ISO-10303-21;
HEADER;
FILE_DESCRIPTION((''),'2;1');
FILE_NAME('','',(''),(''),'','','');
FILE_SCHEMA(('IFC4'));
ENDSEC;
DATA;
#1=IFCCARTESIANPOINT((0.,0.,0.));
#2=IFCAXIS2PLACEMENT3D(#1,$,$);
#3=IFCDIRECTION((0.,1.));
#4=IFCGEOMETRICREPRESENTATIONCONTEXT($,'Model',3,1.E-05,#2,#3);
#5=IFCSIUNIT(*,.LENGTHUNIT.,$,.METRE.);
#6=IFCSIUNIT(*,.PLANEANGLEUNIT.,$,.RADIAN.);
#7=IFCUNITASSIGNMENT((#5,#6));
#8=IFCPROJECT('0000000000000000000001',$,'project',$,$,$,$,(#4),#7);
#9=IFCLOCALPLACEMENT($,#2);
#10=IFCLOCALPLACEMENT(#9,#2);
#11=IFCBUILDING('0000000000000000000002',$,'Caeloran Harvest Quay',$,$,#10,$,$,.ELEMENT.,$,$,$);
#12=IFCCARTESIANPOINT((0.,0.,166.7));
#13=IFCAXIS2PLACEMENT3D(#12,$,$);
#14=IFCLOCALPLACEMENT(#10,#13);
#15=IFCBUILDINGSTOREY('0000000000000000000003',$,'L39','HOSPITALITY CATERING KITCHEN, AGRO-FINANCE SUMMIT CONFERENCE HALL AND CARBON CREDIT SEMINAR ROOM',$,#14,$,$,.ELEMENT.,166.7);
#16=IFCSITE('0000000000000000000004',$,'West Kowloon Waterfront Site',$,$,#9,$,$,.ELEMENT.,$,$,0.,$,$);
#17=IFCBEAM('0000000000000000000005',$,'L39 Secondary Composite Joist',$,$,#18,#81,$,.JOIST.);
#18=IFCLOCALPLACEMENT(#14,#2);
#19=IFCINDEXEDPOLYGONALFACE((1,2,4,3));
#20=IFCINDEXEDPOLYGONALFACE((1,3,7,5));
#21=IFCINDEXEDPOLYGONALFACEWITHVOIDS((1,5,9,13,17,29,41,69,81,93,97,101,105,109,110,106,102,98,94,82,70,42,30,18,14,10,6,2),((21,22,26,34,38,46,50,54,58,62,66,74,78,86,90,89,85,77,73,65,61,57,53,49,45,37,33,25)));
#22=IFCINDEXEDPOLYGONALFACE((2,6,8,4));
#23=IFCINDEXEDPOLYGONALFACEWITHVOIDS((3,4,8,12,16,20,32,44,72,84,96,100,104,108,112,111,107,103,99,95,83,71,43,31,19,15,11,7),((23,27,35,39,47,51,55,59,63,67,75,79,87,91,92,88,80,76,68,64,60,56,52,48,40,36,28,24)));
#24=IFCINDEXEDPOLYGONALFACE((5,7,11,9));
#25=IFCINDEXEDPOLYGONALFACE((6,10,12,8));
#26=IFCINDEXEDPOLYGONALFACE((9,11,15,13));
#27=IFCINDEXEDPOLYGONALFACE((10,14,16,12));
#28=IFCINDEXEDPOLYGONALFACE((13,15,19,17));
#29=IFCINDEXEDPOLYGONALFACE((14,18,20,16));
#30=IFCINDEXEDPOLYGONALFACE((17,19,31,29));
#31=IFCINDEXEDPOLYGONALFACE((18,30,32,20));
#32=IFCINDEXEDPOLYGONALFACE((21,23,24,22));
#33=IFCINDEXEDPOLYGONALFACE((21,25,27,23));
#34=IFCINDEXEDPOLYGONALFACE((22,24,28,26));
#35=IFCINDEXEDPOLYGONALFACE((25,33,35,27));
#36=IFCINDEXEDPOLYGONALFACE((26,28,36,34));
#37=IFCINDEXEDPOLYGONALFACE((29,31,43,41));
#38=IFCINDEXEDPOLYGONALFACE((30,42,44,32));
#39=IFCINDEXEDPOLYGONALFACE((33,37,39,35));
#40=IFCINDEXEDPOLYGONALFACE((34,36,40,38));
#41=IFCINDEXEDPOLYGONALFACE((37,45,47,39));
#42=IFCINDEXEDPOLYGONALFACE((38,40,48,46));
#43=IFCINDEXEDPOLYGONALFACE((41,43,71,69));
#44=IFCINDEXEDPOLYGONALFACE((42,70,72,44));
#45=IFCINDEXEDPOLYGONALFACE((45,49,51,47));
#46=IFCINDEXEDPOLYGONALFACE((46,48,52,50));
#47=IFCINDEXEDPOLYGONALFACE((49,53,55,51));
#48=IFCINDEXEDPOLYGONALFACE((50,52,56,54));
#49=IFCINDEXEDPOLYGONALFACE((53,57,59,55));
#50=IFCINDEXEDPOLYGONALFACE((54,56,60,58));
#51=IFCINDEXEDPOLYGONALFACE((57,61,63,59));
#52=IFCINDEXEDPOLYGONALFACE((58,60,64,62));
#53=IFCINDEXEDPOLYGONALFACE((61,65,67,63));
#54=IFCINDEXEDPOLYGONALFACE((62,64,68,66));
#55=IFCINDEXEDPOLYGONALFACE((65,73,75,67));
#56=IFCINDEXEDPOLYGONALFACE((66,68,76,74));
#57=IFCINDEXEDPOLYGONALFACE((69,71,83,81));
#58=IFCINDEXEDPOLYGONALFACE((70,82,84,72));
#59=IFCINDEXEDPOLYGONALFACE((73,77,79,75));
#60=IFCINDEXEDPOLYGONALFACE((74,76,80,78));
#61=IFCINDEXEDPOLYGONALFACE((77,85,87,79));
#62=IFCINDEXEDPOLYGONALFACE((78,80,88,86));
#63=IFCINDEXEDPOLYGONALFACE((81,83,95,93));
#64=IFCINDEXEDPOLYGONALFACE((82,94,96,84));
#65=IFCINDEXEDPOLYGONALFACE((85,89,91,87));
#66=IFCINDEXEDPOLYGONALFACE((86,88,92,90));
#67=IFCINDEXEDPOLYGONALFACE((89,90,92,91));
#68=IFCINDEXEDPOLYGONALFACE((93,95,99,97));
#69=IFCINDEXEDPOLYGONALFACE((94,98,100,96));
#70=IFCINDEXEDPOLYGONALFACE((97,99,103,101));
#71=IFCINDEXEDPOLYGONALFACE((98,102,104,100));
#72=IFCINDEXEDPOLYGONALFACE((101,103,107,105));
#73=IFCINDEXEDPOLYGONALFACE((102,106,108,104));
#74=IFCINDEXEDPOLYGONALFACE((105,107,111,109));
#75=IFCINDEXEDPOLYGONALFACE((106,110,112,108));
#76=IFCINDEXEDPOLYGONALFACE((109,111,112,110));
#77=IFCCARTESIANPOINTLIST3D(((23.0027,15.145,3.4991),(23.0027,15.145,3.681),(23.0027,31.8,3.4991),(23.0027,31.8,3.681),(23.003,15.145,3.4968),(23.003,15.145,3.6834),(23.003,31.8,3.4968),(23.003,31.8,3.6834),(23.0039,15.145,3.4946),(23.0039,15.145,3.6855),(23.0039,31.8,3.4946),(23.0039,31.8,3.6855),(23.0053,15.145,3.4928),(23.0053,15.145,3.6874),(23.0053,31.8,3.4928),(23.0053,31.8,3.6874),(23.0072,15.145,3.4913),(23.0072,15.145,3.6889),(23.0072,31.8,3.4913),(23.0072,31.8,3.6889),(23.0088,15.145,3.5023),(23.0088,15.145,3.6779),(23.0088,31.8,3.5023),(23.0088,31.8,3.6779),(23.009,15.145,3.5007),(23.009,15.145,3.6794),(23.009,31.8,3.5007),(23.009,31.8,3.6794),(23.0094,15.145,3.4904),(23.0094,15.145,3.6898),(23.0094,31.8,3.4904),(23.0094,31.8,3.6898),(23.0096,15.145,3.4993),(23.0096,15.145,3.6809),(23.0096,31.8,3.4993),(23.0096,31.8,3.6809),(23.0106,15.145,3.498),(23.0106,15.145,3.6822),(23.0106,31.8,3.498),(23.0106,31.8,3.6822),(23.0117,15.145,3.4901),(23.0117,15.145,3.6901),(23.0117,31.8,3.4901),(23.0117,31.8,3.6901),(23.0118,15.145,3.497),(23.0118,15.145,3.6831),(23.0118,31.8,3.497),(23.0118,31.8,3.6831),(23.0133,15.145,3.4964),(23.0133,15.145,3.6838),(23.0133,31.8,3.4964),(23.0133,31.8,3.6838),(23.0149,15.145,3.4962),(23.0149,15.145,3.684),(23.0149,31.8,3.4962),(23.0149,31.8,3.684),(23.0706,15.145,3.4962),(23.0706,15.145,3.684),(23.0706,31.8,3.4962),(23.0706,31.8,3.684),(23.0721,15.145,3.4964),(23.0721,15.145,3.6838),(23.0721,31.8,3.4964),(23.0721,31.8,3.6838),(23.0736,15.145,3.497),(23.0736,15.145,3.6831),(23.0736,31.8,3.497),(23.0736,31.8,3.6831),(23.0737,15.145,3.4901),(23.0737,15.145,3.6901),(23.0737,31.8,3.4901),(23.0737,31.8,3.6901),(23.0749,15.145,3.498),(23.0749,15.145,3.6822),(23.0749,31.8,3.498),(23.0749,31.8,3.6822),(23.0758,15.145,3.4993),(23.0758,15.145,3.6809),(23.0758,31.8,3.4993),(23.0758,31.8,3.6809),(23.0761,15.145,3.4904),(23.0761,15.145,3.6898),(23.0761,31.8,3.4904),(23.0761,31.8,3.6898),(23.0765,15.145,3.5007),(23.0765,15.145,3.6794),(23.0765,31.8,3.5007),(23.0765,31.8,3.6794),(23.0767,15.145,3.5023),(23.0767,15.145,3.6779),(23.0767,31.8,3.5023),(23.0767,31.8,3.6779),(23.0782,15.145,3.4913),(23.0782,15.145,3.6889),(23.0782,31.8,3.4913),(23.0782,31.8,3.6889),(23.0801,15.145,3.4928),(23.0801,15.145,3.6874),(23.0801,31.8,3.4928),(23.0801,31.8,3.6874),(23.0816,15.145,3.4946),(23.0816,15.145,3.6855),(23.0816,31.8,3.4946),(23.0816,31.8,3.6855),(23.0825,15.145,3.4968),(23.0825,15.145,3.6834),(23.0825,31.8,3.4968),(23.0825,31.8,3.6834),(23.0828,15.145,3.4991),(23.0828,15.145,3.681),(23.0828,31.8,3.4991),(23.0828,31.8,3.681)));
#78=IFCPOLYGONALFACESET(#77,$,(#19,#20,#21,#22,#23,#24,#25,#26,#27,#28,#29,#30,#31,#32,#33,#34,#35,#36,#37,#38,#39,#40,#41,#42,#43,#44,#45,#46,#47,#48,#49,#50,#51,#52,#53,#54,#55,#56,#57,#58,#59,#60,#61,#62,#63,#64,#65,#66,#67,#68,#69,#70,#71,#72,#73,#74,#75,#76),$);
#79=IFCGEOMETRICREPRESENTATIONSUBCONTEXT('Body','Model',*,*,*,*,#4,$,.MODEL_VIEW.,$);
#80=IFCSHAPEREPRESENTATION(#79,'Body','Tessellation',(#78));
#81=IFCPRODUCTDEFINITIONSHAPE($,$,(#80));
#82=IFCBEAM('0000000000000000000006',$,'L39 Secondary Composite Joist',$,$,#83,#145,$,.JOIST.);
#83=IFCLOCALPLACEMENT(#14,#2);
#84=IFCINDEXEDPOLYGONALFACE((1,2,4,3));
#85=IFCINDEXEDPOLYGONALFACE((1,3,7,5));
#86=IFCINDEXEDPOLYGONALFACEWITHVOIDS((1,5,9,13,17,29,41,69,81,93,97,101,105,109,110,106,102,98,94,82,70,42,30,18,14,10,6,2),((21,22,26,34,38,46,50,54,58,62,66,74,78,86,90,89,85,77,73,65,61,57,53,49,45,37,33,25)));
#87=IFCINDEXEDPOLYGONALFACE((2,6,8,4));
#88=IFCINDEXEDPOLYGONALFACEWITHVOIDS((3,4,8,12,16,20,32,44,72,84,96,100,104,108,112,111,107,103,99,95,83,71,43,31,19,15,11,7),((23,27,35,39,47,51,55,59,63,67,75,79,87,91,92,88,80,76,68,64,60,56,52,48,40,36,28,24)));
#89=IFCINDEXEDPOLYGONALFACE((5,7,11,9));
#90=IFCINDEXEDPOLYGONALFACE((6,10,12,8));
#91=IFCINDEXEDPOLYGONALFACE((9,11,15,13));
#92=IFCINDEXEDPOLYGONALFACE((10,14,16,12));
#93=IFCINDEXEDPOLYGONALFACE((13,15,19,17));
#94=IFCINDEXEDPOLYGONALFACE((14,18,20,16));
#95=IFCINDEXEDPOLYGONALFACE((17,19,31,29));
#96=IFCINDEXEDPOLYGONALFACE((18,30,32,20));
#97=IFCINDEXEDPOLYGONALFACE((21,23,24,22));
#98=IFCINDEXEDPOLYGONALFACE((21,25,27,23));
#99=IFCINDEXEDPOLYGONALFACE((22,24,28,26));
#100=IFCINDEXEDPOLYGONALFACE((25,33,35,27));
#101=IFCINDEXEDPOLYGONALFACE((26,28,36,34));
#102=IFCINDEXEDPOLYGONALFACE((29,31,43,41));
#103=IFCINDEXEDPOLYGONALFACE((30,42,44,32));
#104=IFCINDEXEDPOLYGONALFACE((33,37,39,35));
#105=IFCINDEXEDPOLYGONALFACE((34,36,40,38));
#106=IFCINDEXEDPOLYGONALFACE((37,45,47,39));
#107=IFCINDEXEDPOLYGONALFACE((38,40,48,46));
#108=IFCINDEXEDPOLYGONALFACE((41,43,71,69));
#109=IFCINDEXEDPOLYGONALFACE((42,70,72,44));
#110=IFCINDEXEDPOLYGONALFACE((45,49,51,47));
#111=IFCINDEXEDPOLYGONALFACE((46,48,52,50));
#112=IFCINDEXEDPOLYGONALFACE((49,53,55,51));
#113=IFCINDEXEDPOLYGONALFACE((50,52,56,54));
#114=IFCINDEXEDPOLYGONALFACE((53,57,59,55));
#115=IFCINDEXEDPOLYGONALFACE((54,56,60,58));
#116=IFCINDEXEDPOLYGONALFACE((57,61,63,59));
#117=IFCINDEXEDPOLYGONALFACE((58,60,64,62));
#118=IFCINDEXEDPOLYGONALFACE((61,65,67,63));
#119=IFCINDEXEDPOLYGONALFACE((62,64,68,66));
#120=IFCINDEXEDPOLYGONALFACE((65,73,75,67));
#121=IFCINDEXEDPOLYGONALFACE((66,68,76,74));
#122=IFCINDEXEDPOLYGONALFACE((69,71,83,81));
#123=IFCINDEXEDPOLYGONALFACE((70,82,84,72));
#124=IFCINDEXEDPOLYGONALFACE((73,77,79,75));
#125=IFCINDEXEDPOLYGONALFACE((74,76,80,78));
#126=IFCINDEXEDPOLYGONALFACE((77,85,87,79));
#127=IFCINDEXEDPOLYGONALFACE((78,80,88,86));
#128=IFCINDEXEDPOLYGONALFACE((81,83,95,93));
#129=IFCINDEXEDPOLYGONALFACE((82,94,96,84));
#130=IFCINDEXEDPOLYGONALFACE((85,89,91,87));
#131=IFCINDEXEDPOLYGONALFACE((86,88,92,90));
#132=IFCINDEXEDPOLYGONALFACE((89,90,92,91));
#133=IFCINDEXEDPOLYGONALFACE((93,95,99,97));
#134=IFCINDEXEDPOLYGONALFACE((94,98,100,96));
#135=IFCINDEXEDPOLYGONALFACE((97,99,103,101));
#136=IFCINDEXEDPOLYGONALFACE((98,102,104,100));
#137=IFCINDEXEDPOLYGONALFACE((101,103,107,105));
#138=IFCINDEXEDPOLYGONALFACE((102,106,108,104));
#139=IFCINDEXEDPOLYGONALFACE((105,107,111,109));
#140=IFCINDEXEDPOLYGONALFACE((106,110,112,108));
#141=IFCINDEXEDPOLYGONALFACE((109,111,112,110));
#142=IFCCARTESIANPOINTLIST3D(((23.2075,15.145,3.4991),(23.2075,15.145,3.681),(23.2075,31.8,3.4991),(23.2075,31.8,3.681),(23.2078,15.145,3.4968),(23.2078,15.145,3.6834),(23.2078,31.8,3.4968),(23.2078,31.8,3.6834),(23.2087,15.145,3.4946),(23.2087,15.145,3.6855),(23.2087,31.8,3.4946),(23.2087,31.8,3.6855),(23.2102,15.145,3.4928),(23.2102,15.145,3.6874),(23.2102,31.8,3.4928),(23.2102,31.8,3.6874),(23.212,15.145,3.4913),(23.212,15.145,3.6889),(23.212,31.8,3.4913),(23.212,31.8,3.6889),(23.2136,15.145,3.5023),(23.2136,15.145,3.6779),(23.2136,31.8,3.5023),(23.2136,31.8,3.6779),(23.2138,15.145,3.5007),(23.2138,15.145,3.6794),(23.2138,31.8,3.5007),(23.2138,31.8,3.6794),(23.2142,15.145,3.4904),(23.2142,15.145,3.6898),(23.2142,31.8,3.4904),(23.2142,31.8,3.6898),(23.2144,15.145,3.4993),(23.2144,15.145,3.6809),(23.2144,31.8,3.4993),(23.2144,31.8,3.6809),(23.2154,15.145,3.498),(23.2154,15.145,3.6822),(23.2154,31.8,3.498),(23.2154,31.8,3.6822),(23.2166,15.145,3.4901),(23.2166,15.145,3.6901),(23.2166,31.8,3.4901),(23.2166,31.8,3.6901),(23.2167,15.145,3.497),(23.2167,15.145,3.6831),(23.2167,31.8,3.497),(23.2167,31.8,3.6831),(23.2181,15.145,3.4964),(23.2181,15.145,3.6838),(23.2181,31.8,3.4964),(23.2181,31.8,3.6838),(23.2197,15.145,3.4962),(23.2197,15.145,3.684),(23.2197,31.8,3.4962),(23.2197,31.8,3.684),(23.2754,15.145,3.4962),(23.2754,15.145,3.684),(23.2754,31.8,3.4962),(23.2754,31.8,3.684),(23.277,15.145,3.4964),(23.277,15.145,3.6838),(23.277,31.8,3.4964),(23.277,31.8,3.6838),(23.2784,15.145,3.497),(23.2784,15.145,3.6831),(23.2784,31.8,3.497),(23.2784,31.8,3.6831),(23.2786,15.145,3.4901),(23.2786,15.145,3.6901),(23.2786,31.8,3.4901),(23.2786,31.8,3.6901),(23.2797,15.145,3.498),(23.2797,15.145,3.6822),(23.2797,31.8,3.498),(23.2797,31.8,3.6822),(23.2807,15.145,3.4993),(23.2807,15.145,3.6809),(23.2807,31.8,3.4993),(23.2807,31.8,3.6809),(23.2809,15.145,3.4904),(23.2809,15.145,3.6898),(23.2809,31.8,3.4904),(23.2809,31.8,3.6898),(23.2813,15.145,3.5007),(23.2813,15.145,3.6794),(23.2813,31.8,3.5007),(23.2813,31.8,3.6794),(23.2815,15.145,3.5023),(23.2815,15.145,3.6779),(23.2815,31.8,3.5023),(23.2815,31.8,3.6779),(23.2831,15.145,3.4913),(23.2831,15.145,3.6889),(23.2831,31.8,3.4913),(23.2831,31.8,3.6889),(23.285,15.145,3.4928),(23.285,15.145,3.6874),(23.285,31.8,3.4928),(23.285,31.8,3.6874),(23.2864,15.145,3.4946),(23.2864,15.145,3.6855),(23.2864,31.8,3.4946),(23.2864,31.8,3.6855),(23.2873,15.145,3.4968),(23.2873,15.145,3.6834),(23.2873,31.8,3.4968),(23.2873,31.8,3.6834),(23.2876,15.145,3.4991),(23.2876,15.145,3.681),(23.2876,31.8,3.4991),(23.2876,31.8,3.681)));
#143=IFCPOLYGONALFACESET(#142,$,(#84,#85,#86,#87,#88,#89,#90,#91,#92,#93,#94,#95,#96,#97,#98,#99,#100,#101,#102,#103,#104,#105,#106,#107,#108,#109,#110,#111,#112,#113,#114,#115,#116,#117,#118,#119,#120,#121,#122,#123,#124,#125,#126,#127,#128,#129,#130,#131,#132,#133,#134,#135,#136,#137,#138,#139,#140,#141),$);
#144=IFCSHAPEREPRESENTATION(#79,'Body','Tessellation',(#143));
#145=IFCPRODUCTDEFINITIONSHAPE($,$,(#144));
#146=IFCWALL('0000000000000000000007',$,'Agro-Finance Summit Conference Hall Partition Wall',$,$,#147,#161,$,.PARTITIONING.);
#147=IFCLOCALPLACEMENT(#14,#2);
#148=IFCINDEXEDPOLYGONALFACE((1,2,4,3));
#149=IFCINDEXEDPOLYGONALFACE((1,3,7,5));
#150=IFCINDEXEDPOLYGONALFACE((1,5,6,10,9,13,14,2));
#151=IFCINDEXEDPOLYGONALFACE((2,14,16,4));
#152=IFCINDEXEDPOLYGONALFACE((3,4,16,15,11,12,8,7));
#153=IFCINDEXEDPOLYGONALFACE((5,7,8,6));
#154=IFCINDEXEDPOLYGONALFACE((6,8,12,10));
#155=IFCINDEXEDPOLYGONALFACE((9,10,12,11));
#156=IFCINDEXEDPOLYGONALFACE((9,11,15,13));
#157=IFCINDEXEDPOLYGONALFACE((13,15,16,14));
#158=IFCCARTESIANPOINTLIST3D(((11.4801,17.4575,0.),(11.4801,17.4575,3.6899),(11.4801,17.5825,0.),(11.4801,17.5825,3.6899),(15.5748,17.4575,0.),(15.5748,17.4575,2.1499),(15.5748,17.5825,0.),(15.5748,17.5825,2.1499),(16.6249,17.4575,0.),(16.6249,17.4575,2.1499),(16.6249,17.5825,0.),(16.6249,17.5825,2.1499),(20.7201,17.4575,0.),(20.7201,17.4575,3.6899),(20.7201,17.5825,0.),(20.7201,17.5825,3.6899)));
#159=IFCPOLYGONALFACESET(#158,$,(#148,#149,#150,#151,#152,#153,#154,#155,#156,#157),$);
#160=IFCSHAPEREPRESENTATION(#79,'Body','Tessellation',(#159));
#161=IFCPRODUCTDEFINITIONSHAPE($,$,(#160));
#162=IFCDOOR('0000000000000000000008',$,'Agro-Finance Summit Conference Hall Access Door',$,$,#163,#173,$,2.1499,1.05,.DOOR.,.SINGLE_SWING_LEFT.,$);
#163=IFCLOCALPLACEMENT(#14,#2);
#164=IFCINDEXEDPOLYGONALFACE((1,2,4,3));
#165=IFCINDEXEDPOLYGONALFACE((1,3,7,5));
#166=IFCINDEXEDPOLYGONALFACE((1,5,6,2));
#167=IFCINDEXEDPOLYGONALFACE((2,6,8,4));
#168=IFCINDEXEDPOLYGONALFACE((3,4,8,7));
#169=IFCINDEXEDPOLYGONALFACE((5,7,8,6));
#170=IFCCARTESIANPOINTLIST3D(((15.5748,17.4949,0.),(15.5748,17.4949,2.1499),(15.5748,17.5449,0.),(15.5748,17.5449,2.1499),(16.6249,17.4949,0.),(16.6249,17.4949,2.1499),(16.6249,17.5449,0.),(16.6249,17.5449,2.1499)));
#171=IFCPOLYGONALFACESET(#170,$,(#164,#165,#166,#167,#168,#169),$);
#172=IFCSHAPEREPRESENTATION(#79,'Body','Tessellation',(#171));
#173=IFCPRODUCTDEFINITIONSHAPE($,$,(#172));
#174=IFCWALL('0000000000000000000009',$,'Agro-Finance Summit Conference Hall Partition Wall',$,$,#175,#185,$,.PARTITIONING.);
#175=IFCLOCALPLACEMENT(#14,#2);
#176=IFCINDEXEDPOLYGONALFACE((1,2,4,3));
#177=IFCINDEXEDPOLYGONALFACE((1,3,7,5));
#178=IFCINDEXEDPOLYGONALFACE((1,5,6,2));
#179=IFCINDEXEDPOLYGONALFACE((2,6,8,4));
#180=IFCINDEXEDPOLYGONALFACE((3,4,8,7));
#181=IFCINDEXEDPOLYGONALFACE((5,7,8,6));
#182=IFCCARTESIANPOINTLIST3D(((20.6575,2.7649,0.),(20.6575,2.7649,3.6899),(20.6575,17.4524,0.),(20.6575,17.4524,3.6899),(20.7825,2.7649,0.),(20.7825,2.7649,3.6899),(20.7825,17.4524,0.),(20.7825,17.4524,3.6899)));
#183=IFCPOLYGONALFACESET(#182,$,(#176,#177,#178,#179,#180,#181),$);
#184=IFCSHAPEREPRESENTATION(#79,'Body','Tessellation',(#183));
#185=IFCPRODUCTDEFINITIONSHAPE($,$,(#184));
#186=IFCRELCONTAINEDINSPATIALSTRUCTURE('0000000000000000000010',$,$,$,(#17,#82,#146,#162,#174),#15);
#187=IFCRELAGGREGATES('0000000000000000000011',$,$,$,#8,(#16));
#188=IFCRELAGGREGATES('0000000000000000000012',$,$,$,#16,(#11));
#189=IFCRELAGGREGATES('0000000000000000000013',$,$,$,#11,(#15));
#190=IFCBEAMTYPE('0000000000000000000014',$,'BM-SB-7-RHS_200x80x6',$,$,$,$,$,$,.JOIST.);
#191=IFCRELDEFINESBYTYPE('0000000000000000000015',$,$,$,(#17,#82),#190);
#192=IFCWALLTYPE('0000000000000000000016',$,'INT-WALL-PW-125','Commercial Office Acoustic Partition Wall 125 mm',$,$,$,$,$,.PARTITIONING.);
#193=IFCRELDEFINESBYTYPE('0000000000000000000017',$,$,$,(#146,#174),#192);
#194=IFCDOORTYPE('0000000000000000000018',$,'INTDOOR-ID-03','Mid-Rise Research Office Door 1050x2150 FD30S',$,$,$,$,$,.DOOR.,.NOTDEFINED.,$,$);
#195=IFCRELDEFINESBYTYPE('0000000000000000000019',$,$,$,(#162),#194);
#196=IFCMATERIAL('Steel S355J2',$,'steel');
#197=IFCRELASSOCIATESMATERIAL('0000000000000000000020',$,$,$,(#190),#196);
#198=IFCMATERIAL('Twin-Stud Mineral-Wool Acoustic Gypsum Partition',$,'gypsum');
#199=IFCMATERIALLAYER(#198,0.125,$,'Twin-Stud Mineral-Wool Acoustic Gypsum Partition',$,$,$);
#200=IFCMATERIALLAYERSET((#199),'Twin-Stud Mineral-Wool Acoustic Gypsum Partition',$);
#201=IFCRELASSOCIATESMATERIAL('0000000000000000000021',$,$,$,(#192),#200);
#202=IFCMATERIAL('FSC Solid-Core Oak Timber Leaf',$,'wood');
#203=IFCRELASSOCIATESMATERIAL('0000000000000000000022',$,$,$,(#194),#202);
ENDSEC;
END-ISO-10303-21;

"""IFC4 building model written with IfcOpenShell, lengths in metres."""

from ifc_helpers import new_model, si_unit, direction, frame, frame_2d, origin, origin_2d, place, context, subcontext, project, spatial, rectangle, hollow_rectangle, extrude, material, layer, layer_set, material_profile, profile_set, type_object, element, fill, save


model = new_model("IFC4")

# Units and contexts
model_context = context("Model", 3, precision=1e-05, world=origin(), true_north=direction((0.0, 1.0)))
body_context = subcontext(model_context, "Body", "Model", "MODEL_VIEW")
ifc_project = project(units=[si_unit("LENGTHUNIT", "METRE"), si_unit("PLANEANGLEUNIT", "RADIAN")], contexts=[model_context])

# Site, building, storey
site_placement = place(None, origin())
site = spatial("IfcSite", under=ifc_project, at=site_placement, Name="West Kowloon Waterfront Site", CompositionType="ELEMENT", RefElevation=0.0)
building_placement = place(site_placement, origin())
building = spatial("IfcBuilding", under=site, at=building_placement, Name="Caeloran Harvest Quay", CompositionType="ELEMENT")
storey_placement = place(building_placement, frame((0.0, 0.0, 166.7)))
storey = spatial("IfcBuildingStorey", under=building, at=storey_placement, Name="L39", Description="HOSPITALITY CATERING KITCHEN, AGRO-FINANCE SUMMIT CONFERENCE HALL AND CARBON CREDIT SEMINAR ROOM", CompositionType="ELEMENT", Elevation=166.7)

# Beams
ifc_material_1 = material(Name="Steel S355J2", Category="steel")
ifc_material_profile_1 = material_profile(ifc_material_1, hollow_rectangle(XDim=0.0801, YDim=0.2, WallThickness=0.0061, InnerFilletRadius=0.0061, OuterFilletRadius=0.009, at=origin_2d()), Name="RHS 200x80x6")
ifc_profile_set_1 = profile_set([ifc_material_profile_1], Name="Steel S355J2")
beam_type_1 = type_object("IfcBeamType", Name="BM-SB-7-RHS_200x80x6", PredefinedType="JOIST", material=ifc_profile_set_1)
for number, where, z_axis, x_axis, name in (
    (1, (23.0427, 15.145, 3.5901), (0.0, 1.0, 0.0), (-1.0, 0.0, 0.0), "L39 Secondary Composite Joist"),
    (2, (23.2476, 15.145, 3.5901), (0.0, 1.0, 0.0), (-1.0, 0.0, 0.0), "L39 Secondary Composite Joist"),
):
    element("IfcBeam", number, at=place(storey_placement, frame(where, z_axis=z_axis, x_axis=x_axis)), inside=storey, type_object=beam_type_1, Name=name, PredefinedType="JOIST", context=body_context, shape_type="SweptSolid", body=[
        extrude(hollow_rectangle(XDim=0.0801, YDim=0.2, WallThickness=0.0061, InnerFilletRadius=0.0061, OuterFilletRadius=0.009, at=origin_2d()), origin(), (0.0, 0.0, 1.0), 16.655),
    ])

# Wall, opening, door
ifc_material_2 = material(Name="Twin-Stud Mineral-Wool Acoustic Gypsum Partition", Category="gypsum")
ifc_layer_1 = layer(ifc_material_2, 0.125, Name="Twin-Stud Mineral-Wool Acoustic Gypsum Partition")
ifc_layer_set_1 = layer_set([ifc_layer_1], Name="Twin-Stud Mineral-Wool Acoustic Gypsum Partition")
wall_type_1 = type_object("IfcWallType", Name="INT-WALL-PW-125", Description="Commercial Office Acoustic Partition Wall 125 mm", PredefinedType="PARTITIONING", material=ifc_layer_set_1)
wall_1_placement = place(storey_placement, frame((11.48, 17.52, 0.0), z_axis=(0.0, 0.0, 1.0), x_axis=(1.0, 0.0, 0.0)))
wall_1 = element("IfcWall", 3, at=wall_1_placement, inside=storey, type_object=wall_type_1, Name="Agro-Finance Summit Conference Hall Partition Wall", PredefinedType="PARTITIONING", context=body_context, shape_type="SweptSolid", body=[
    extrude(rectangle(XDim=9.24, YDim=0.125, at=frame_2d((4.6201, 0.0))), origin(), (0.0, 0.0, 1.0), 3.6899),
])
opening_1_placement = place(wall_1_placement, frame((4.095, 0.0, 0.0)))
opening_1 = element("IfcOpeningElement", 4, at=opening_1_placement, cuts=wall_1, PredefinedType="OPENING", context=body_context, shape_type="SweptSolid", body=[
    extrude(rectangle(XDim=1.05, YDim=2.1499, at=frame_2d((0.5249, 1.075))), frame((0.0, 0.0725, 0.0), z_axis=(0.0, -1.0, 0.0), x_axis=(1.0, 0.0, 0.0)), (0.0, 0.0, 1.0), 0.145),
])
ifc_material_3 = material(Name="FSC Solid-Core Oak Timber Leaf", Category="wood")
door_type_1 = type_object("IfcDoorType", Name="INTDOOR-ID-03", Description="Mid-Rise Research Office Door 1050x2150 FD30S", OperationType="NOTDEFINED", PredefinedType="DOOR", material=ifc_material_3)
door_1_placement = place(opening_1_placement, origin())
door_1 = element("IfcDoor", 5, at=door_1_placement, inside=storey, type_object=door_type_1, Name="Agro-Finance Summit Conference Hall Access Door", OperationType="SINGLE_SWING_LEFT", OverallHeight=2.1499, OverallWidth=1.05, PredefinedType="DOOR", context=body_context, shape_type="SweptSolid", body=[
    extrude(rectangle(XDim=1.05, YDim=2.1499, at=frame_2d((0.5249, 1.075))), frame((0.0, 0.0249, 0.0), z_axis=(0.0, -1.0, 0.0), x_axis=(1.0, 0.0, 0.0)), (0.0, 0.0, 1.0), 0.05),
])
fill(opening_1, door_1)

# Wall
wall_2_placement = place(storey_placement, frame((20.72, 17.4524, 0.0), z_axis=(0.0, 0.0, 1.0), x_axis=(0.0, -1.0, 0.0)))
element("IfcWall", 6, at=wall_2_placement, inside=storey, type_object=wall_type_1, Name="Agro-Finance Summit Conference Hall Partition Wall", PredefinedType="PARTITIONING", context=body_context, shape_type="SweptSolid", body=[
    extrude(rectangle(XDim=14.6875, YDim=0.125, at=frame_2d((7.3438, 0.0))), origin(), (0.0, 0.0, 1.0), 3.6899),
])

save(model, "model.ifc")
